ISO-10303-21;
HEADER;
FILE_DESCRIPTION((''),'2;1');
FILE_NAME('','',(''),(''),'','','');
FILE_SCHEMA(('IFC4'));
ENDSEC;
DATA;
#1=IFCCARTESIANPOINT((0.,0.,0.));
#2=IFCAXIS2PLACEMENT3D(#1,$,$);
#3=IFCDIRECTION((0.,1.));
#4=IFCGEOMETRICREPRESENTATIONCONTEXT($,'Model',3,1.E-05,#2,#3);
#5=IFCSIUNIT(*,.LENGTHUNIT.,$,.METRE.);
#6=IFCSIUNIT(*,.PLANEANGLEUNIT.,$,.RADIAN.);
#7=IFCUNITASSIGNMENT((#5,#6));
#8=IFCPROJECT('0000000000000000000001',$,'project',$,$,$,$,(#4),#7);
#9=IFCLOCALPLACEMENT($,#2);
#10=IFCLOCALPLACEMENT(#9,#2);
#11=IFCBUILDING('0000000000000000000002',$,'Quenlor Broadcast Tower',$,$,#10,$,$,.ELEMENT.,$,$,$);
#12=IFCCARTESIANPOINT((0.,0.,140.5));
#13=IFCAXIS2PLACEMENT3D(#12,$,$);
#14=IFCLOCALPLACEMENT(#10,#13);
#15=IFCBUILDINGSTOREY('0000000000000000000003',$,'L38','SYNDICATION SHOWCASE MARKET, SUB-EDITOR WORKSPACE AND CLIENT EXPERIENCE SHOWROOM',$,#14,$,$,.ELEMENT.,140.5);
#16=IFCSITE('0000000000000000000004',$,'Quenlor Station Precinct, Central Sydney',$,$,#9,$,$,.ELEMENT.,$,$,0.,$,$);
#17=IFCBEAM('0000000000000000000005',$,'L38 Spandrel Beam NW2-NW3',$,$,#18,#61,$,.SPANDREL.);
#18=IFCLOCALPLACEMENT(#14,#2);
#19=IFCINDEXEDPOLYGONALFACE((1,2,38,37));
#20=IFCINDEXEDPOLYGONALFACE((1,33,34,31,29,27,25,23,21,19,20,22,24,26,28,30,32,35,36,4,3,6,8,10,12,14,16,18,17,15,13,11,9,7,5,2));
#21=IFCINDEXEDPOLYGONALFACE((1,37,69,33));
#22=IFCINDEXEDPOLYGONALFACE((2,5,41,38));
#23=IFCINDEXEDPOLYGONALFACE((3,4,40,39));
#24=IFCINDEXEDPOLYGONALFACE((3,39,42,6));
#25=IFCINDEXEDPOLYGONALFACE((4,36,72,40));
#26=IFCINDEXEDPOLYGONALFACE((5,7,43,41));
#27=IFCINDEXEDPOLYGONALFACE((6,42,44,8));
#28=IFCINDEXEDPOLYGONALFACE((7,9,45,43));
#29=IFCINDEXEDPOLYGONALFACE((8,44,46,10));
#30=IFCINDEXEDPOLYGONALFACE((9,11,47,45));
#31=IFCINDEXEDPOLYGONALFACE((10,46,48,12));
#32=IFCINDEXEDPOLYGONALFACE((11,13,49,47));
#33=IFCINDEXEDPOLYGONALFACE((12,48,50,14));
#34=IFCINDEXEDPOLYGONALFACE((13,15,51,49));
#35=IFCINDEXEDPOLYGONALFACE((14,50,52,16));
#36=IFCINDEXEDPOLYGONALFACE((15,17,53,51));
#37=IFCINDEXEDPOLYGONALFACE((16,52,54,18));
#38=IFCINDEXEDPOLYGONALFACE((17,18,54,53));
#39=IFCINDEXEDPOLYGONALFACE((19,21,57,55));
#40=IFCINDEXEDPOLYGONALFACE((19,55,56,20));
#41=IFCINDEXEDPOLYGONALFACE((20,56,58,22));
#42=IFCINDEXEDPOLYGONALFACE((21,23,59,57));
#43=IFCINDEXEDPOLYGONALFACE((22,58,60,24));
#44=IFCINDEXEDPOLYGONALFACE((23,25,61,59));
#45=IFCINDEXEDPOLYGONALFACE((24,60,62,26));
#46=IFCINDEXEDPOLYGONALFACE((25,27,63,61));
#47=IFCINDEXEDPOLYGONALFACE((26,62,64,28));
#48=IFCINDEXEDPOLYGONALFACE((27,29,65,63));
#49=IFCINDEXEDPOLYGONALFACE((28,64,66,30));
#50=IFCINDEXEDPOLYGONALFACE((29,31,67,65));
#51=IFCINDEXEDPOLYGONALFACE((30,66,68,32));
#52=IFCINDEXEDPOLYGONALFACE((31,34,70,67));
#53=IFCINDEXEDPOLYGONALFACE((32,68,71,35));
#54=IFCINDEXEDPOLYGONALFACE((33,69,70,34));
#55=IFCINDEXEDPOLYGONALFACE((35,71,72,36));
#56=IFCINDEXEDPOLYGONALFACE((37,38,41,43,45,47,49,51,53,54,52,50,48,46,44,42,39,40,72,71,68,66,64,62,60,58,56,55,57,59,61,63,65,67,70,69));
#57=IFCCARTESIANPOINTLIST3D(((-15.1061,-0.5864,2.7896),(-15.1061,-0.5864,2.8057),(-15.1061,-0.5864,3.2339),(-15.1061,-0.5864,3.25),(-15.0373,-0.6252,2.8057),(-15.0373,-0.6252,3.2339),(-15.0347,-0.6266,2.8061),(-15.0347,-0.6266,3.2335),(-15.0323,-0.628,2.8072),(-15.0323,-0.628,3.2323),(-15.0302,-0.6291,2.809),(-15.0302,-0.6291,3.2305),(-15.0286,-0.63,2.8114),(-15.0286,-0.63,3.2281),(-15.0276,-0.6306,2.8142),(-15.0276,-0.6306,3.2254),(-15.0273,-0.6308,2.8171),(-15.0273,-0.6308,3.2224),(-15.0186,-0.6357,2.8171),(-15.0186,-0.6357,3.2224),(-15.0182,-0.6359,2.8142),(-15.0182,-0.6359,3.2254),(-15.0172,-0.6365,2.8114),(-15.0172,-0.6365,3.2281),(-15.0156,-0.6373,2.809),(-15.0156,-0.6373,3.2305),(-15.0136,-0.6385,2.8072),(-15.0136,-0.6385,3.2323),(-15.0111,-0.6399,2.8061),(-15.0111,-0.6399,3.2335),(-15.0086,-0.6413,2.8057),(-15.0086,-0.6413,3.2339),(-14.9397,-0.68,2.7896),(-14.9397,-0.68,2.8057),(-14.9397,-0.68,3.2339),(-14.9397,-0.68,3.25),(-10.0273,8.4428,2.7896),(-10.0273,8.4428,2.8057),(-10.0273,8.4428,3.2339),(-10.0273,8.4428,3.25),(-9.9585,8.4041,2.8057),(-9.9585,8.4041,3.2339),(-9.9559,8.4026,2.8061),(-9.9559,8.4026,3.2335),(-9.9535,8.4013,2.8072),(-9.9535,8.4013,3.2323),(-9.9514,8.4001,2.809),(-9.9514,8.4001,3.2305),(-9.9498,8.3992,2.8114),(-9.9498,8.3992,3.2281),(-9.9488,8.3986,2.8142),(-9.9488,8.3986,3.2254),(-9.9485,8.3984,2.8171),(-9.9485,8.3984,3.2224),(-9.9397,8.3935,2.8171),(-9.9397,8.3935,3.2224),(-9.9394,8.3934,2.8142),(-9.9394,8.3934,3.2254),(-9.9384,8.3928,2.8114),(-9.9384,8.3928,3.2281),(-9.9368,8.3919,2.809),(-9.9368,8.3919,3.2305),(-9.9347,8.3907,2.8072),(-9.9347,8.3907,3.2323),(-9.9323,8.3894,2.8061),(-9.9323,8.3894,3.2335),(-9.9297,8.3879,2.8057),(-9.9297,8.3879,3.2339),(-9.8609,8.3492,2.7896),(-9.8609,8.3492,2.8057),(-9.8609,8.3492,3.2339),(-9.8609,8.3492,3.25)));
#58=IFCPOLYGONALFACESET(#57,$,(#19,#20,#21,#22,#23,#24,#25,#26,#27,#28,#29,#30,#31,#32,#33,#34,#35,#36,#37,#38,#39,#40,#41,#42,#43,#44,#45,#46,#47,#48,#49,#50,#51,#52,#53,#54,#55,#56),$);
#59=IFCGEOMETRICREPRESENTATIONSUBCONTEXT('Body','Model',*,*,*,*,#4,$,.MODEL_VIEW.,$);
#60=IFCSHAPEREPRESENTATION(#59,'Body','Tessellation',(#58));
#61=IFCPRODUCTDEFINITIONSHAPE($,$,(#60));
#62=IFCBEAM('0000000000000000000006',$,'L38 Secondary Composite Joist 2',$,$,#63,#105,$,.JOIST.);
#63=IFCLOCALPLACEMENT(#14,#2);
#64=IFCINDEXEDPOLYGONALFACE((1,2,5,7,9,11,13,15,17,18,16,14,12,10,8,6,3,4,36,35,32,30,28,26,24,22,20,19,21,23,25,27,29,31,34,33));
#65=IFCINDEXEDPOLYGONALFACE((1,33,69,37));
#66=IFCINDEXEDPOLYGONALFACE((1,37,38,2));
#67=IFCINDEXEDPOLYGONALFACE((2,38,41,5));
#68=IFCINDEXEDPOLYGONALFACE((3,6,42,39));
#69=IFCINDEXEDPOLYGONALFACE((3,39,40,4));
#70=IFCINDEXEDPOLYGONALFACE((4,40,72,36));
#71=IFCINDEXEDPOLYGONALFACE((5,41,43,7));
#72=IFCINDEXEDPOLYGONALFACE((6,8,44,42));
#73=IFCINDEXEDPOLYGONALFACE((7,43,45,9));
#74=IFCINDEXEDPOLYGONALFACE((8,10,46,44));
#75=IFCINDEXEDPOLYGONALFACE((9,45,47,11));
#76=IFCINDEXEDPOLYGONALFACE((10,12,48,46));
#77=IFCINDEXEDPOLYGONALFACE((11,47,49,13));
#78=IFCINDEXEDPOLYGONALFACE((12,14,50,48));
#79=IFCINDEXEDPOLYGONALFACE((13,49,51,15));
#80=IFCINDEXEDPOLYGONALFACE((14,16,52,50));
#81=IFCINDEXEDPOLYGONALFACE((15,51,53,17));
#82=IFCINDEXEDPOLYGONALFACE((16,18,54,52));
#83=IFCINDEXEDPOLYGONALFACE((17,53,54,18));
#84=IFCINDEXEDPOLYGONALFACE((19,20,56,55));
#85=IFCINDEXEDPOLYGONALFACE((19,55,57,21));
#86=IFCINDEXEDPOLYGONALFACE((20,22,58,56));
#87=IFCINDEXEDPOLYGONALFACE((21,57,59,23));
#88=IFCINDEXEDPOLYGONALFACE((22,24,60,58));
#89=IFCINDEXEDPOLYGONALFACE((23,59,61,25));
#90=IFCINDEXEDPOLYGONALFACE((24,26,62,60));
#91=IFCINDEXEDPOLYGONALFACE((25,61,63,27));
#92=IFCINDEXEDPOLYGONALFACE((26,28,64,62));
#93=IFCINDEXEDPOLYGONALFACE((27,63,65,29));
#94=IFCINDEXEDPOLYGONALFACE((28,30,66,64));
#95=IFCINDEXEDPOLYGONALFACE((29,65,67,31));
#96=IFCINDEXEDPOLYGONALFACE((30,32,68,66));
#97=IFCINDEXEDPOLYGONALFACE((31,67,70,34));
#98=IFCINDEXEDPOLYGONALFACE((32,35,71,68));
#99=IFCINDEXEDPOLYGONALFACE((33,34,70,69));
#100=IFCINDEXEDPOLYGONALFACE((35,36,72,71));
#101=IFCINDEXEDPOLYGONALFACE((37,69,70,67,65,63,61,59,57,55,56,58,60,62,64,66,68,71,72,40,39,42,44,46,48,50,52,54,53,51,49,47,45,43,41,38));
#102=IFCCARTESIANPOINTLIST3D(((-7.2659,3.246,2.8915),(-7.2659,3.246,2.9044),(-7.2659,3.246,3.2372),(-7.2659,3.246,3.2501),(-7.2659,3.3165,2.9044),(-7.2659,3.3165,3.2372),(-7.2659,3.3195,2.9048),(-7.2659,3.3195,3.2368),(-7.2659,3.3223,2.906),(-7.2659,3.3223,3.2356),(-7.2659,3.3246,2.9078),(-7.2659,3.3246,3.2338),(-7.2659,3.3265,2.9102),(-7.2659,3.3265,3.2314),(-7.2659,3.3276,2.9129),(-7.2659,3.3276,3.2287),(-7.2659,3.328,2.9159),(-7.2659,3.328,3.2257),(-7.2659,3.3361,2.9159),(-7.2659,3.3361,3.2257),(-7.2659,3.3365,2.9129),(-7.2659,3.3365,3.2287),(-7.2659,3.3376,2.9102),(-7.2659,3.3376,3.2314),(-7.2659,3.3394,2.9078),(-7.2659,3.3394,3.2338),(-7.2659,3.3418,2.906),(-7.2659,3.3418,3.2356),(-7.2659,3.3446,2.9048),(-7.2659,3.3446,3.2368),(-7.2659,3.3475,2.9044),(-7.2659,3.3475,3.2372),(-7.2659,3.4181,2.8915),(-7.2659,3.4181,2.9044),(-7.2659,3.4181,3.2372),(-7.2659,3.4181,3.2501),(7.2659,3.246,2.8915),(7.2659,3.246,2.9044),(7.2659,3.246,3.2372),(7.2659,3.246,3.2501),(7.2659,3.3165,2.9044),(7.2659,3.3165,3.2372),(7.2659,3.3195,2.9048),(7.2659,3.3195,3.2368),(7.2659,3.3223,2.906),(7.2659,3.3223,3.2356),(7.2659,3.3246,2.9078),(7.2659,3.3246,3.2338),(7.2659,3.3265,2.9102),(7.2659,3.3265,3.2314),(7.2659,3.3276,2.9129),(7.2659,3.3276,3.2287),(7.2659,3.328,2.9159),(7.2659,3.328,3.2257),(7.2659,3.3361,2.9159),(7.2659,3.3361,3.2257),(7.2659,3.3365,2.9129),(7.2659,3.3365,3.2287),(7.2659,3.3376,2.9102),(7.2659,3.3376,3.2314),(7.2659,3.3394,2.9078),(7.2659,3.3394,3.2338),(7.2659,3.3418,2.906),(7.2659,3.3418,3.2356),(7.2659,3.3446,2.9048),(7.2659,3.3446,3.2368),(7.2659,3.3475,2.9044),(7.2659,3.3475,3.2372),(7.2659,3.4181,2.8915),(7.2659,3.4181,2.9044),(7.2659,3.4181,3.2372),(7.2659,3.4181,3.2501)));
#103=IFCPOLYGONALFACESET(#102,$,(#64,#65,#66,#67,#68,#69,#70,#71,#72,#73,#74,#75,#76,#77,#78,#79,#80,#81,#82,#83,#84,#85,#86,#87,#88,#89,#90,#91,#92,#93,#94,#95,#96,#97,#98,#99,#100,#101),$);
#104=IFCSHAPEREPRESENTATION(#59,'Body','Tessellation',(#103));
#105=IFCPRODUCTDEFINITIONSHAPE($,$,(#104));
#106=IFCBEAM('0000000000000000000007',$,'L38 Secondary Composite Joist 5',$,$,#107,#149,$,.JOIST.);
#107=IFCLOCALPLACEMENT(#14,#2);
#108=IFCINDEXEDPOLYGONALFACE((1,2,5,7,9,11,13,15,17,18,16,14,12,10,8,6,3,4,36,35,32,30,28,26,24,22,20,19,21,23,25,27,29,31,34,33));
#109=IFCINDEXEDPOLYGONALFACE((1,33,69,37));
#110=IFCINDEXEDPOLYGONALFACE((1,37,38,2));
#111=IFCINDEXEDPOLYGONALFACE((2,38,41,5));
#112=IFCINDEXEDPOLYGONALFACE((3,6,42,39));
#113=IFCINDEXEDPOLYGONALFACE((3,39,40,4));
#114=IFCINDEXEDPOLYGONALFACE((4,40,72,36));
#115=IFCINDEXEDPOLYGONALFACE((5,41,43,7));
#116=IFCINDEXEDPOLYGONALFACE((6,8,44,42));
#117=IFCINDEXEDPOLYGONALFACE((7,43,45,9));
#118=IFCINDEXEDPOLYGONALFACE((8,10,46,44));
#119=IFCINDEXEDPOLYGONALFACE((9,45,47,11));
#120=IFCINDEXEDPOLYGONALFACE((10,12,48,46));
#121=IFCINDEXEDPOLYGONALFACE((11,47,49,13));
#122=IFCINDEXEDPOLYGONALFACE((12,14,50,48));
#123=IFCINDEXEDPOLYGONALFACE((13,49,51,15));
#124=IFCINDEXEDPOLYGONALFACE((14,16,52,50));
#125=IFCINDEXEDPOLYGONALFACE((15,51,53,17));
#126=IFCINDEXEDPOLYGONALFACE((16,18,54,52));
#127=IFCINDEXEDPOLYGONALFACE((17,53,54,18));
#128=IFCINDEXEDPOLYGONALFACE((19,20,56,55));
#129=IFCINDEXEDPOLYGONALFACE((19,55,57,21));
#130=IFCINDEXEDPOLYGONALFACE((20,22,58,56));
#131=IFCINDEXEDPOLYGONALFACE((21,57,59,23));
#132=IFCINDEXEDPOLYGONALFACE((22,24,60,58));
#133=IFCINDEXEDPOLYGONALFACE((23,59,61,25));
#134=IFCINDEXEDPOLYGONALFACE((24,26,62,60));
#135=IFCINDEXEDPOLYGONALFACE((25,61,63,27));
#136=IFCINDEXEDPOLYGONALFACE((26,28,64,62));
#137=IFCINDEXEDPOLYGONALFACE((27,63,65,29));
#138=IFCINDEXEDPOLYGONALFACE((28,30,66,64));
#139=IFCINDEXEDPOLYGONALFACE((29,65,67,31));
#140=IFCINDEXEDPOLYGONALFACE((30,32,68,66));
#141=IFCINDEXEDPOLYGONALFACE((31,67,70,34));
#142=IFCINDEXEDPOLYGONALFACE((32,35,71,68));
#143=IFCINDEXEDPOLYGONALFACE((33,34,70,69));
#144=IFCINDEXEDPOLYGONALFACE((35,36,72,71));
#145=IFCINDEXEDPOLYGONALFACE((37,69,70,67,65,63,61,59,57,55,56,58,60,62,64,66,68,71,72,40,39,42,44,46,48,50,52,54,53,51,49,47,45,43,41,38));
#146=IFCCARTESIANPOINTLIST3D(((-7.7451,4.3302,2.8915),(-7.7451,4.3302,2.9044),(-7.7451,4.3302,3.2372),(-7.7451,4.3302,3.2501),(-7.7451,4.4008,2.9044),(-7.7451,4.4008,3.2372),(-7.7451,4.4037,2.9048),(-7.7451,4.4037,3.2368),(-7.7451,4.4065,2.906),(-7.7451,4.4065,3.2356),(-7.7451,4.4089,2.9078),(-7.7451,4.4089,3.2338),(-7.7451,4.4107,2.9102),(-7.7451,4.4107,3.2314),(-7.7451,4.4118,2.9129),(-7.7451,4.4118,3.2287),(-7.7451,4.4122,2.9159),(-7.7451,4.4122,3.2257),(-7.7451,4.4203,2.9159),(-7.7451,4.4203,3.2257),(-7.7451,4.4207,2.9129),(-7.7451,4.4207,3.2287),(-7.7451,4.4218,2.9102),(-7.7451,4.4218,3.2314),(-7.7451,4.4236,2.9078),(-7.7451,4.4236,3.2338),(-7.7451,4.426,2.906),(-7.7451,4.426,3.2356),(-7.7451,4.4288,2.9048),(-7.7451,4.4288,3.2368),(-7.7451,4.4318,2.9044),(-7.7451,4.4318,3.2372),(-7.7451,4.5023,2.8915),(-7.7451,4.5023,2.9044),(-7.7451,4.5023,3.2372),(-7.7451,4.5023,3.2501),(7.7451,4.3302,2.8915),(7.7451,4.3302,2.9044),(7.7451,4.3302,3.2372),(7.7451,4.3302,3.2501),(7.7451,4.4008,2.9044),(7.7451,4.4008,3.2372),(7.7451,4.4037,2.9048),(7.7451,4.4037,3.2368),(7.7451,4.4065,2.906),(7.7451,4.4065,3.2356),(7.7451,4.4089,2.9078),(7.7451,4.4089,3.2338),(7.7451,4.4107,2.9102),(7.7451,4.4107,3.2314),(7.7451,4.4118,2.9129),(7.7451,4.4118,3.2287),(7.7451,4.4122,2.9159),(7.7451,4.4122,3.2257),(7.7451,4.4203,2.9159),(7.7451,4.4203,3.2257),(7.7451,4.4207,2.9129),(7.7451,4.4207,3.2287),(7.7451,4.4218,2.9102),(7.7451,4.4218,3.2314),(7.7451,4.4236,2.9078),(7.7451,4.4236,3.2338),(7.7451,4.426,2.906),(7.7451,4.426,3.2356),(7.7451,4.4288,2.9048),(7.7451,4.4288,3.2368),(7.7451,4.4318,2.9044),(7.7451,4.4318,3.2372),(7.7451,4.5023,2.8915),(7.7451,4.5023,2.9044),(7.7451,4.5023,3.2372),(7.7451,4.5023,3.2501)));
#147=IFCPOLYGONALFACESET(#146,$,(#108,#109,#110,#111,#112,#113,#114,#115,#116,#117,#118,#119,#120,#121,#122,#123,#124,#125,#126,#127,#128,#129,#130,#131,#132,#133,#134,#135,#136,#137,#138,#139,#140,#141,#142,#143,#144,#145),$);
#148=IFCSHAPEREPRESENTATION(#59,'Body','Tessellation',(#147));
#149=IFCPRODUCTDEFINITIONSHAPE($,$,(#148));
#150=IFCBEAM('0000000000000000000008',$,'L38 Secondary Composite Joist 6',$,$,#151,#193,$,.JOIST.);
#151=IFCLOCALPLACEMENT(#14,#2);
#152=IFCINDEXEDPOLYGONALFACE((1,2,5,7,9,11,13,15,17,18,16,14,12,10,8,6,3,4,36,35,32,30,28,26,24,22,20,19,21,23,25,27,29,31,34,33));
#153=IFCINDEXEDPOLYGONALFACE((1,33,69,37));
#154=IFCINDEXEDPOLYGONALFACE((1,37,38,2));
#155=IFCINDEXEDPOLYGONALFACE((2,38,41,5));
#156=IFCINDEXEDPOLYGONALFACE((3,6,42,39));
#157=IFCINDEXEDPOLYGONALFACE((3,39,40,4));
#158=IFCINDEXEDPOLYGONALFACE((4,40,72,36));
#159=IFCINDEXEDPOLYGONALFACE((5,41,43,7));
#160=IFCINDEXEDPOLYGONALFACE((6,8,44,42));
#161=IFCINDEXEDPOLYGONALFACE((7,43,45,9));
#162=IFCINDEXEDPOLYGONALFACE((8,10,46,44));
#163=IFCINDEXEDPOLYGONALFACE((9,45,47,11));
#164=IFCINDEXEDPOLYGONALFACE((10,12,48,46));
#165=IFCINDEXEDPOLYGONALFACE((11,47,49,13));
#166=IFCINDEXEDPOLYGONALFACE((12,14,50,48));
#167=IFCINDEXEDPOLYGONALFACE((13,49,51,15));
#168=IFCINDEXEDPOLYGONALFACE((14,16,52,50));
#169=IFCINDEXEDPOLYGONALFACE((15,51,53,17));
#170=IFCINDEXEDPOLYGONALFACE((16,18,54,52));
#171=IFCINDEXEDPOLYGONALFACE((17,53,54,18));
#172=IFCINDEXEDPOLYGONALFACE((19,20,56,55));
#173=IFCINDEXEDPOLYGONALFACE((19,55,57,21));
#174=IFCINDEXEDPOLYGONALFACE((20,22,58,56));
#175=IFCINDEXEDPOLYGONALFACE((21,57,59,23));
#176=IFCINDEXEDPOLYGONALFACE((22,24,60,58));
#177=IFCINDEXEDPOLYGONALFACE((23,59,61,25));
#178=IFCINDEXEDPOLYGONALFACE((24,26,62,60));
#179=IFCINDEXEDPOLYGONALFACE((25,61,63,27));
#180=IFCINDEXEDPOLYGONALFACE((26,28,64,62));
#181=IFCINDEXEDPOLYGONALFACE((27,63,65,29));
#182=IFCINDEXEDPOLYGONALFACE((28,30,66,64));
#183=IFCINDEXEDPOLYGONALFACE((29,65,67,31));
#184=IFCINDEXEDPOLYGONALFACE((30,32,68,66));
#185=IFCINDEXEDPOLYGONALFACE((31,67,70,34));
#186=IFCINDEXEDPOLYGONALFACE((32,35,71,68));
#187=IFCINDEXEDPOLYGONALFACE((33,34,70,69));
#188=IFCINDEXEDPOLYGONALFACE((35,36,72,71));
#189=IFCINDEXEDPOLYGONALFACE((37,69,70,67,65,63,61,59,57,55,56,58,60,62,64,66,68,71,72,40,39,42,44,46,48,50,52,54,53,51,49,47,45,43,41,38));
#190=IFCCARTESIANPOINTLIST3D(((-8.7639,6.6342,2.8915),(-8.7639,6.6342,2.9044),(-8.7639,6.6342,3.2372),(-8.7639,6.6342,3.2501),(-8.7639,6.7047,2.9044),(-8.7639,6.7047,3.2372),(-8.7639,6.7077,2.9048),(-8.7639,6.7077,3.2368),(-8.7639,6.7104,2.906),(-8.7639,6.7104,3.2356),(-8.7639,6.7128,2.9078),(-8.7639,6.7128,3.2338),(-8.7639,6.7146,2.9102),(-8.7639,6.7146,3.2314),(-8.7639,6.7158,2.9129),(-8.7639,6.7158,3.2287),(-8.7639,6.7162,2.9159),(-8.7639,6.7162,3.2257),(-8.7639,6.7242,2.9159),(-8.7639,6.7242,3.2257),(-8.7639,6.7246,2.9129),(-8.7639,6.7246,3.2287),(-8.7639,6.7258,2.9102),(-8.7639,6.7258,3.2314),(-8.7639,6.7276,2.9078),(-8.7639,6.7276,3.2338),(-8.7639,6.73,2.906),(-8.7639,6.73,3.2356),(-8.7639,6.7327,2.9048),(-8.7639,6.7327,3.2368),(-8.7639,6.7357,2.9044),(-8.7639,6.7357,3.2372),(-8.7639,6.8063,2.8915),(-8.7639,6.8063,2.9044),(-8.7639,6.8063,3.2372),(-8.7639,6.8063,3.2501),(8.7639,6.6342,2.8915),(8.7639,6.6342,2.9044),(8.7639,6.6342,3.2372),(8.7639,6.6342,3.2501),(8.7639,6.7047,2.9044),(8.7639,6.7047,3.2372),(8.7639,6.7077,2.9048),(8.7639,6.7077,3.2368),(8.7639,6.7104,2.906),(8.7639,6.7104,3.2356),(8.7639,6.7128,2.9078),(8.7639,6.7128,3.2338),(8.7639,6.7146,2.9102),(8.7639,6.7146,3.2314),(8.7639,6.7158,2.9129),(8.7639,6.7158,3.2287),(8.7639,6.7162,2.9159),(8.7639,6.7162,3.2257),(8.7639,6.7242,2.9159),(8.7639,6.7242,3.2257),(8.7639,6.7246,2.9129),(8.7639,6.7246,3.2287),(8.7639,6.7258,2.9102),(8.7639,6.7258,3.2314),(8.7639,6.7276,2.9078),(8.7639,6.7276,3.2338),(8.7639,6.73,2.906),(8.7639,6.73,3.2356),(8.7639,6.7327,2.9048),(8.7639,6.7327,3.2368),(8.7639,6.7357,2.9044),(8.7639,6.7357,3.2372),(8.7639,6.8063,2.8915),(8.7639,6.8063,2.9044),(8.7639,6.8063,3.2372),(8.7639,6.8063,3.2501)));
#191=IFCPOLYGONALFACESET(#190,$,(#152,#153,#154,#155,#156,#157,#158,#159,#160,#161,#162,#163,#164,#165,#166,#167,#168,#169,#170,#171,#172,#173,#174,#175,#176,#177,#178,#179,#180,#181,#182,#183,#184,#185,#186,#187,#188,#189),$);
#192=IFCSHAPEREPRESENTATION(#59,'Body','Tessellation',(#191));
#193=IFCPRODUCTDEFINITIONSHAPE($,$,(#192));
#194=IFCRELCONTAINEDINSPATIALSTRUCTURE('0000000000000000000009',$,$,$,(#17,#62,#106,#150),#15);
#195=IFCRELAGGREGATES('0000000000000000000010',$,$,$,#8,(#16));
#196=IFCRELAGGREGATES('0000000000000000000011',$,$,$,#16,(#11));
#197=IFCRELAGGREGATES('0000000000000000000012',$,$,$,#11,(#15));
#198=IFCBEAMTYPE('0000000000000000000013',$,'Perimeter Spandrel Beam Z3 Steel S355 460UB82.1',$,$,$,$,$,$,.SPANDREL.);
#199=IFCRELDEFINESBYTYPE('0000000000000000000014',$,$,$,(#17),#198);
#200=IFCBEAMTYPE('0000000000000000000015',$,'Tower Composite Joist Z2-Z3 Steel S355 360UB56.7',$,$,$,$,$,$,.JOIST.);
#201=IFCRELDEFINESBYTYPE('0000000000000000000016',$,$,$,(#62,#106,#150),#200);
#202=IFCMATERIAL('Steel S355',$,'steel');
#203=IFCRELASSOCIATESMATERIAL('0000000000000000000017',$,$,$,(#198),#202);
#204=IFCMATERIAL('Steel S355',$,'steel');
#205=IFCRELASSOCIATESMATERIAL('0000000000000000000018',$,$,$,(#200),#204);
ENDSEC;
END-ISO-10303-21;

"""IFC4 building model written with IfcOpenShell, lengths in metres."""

from ifc_helpers import new_model, si_unit, direction, frame, origin, origin_2d, place, context, subcontext, project, spatial, i_section, extrude, material, material_profile, profile_set, type_object, element, save


model = new_model("IFC4")

# Units and contexts
model_context = context("Model", 3, precision=1e-05, world=origin(), true_north=direction((0.0, 1.0)))
body_context = subcontext(model_context, "Body", "Model", "MODEL_VIEW")
ifc_project = project(units=[si_unit("LENGTHUNIT", "METRE"), si_unit("PLANEANGLEUNIT", "RADIAN")], contexts=[model_context])

# Site, building, storey
site_placement = place(None, origin())
site = spatial("IfcSite", under=ifc_project, at=site_placement, Name="Quenlor Station Precinct, Central Sydney", CompositionType="ELEMENT", RefElevation=0.0)
building_placement = place(site_placement, origin())
building = spatial("IfcBuilding", under=site, at=building_placement, Name="Quenlor Broadcast Tower", CompositionType="ELEMENT")
storey_placement = place(building_placement, frame((0.0, 0.0, 140.5)))
storey = spatial("IfcBuildingStorey", under=building, at=storey_placement, Name="L38", Description="SYNDICATION SHOWCASE MARKET, SUB-EDITOR WORKSPACE AND CLIENT EXPERIENCE SHOWROOM", CompositionType="ELEMENT", Elevation=140.5)

# Beams
ifc_material_1 = material(Name="Steel S355", Category="steel")
ifc_material_profile_1 = material_profile(ifc_material_1, i_section(OverallWidth=0.1909, OverallDepth=0.4604, WebThickness=0.01, FlangeThickness=0.0161, FilletRadius=0.0115, at=origin_2d()))
ifc_profile_set_1 = profile_set([ifc_material_profile_1], Name="Steel S355 460UB82.1")
beam_type_1 = type_object("IfcBeamType", Name="Perimeter Spandrel Beam Z3 Steel S355 460UB82.1", PredefinedType="SPANDREL", material=ifc_profile_set_1)
beam_1_placement = place(storey_placement, frame((-9.9441, 8.396, 3.0198), z_axis=(-0.490252, -0.871581, 0.0), x_axis=(0.871581, -0.490252, 0.0)))
element("IfcBeam", 1, at=beam_1_placement, inside=storey, type_object=beam_type_1, Name="L38 Spandrel Beam NW2-NW3", PredefinedType="SPANDREL", context=body_context, shape_type="SweptSolid", body=[
    extrude(i_section(OverallWidth=0.1909, OverallDepth=0.4604, WebThickness=0.01, FlangeThickness=0.0161, FilletRadius=0.0115, at=origin_2d()), origin(), (0.0, 0.0, 1.0), 10.3596),
])
ifc_material_2 = material(Name="Steel S355", Category="steel")
ifc_material_profile_2 = material_profile(ifc_material_2, i_section(OverallWidth=0.1721, OverallDepth=0.3586, WebThickness=0.0081, FlangeThickness=0.0129, FilletRadius=0.0115, at=origin_2d()))
ifc_profile_set_2 = profile_set([ifc_material_profile_2], Name="Steel S355 360UB56.7")
beam_type_2 = type_object("IfcBeamType", Name="Tower Composite Joist Z2-Z3 Steel S355 360UB56.7", PredefinedType="JOIST", material=ifc_profile_set_2)
beam_2_placement = place(storey_placement, frame((-7.2659, 3.332, 3.0708), z_axis=(1.0, 0.0, 0.0), x_axis=(0.0, 1.0, 0.0)))
element("IfcBeam", 2, at=beam_2_placement, inside=storey, type_object=beam_type_2, Name="L38 Secondary Composite Joist 2", PredefinedType="JOIST", context=body_context, shape_type="SweptSolid", body=[
    extrude(i_section(OverallWidth=0.1721, OverallDepth=0.3586, WebThickness=0.0081, FlangeThickness=0.0129, FilletRadius=0.0115, at=origin_2d()), origin(), (0.0, 0.0, 1.0), 14.5317),
])
beam_3_placement = place(storey_placement, frame((-7.7451, 4.4163, 3.0708), z_axis=(1.0, 0.0, 0.0), x_axis=(0.0, 1.0, 0.0)))
element("IfcBeam", 3, at=beam_3_placement, inside=storey, type_object=beam_type_2, Name="L38 Secondary Composite Joist 5", PredefinedType="JOIST", context=body_context, shape_type="SweptSolid", body=[
    extrude(i_section(OverallWidth=0.1721, OverallDepth=0.3586, WebThickness=0.0081, FlangeThickness=0.0129, FilletRadius=0.0115, at=origin_2d()), origin(), (0.0, 0.0, 1.0), 15.4902),
])
beam_4_placement = place(storey_placement, frame((-8.7639, 6.7202, 3.0708), z_axis=(1.0, 0.0, 0.0), x_axis=(0.0, 1.0, 0.0)))
element("IfcBeam", 4, at=beam_4_placement, inside=storey, type_object=beam_type_2, Name="L38 Secondary Composite Joist 6", PredefinedType="JOIST", context=body_context, shape_type="SweptSolid", body=[
    extrude(i_section(OverallWidth=0.1721, OverallDepth=0.3586, WebThickness=0.0081, FlangeThickness=0.0129, FilletRadius=0.0115, at=origin_2d()), origin(), (0.0, 0.0, 1.0), 17.5278),
])

save(model, "model.ifc")
